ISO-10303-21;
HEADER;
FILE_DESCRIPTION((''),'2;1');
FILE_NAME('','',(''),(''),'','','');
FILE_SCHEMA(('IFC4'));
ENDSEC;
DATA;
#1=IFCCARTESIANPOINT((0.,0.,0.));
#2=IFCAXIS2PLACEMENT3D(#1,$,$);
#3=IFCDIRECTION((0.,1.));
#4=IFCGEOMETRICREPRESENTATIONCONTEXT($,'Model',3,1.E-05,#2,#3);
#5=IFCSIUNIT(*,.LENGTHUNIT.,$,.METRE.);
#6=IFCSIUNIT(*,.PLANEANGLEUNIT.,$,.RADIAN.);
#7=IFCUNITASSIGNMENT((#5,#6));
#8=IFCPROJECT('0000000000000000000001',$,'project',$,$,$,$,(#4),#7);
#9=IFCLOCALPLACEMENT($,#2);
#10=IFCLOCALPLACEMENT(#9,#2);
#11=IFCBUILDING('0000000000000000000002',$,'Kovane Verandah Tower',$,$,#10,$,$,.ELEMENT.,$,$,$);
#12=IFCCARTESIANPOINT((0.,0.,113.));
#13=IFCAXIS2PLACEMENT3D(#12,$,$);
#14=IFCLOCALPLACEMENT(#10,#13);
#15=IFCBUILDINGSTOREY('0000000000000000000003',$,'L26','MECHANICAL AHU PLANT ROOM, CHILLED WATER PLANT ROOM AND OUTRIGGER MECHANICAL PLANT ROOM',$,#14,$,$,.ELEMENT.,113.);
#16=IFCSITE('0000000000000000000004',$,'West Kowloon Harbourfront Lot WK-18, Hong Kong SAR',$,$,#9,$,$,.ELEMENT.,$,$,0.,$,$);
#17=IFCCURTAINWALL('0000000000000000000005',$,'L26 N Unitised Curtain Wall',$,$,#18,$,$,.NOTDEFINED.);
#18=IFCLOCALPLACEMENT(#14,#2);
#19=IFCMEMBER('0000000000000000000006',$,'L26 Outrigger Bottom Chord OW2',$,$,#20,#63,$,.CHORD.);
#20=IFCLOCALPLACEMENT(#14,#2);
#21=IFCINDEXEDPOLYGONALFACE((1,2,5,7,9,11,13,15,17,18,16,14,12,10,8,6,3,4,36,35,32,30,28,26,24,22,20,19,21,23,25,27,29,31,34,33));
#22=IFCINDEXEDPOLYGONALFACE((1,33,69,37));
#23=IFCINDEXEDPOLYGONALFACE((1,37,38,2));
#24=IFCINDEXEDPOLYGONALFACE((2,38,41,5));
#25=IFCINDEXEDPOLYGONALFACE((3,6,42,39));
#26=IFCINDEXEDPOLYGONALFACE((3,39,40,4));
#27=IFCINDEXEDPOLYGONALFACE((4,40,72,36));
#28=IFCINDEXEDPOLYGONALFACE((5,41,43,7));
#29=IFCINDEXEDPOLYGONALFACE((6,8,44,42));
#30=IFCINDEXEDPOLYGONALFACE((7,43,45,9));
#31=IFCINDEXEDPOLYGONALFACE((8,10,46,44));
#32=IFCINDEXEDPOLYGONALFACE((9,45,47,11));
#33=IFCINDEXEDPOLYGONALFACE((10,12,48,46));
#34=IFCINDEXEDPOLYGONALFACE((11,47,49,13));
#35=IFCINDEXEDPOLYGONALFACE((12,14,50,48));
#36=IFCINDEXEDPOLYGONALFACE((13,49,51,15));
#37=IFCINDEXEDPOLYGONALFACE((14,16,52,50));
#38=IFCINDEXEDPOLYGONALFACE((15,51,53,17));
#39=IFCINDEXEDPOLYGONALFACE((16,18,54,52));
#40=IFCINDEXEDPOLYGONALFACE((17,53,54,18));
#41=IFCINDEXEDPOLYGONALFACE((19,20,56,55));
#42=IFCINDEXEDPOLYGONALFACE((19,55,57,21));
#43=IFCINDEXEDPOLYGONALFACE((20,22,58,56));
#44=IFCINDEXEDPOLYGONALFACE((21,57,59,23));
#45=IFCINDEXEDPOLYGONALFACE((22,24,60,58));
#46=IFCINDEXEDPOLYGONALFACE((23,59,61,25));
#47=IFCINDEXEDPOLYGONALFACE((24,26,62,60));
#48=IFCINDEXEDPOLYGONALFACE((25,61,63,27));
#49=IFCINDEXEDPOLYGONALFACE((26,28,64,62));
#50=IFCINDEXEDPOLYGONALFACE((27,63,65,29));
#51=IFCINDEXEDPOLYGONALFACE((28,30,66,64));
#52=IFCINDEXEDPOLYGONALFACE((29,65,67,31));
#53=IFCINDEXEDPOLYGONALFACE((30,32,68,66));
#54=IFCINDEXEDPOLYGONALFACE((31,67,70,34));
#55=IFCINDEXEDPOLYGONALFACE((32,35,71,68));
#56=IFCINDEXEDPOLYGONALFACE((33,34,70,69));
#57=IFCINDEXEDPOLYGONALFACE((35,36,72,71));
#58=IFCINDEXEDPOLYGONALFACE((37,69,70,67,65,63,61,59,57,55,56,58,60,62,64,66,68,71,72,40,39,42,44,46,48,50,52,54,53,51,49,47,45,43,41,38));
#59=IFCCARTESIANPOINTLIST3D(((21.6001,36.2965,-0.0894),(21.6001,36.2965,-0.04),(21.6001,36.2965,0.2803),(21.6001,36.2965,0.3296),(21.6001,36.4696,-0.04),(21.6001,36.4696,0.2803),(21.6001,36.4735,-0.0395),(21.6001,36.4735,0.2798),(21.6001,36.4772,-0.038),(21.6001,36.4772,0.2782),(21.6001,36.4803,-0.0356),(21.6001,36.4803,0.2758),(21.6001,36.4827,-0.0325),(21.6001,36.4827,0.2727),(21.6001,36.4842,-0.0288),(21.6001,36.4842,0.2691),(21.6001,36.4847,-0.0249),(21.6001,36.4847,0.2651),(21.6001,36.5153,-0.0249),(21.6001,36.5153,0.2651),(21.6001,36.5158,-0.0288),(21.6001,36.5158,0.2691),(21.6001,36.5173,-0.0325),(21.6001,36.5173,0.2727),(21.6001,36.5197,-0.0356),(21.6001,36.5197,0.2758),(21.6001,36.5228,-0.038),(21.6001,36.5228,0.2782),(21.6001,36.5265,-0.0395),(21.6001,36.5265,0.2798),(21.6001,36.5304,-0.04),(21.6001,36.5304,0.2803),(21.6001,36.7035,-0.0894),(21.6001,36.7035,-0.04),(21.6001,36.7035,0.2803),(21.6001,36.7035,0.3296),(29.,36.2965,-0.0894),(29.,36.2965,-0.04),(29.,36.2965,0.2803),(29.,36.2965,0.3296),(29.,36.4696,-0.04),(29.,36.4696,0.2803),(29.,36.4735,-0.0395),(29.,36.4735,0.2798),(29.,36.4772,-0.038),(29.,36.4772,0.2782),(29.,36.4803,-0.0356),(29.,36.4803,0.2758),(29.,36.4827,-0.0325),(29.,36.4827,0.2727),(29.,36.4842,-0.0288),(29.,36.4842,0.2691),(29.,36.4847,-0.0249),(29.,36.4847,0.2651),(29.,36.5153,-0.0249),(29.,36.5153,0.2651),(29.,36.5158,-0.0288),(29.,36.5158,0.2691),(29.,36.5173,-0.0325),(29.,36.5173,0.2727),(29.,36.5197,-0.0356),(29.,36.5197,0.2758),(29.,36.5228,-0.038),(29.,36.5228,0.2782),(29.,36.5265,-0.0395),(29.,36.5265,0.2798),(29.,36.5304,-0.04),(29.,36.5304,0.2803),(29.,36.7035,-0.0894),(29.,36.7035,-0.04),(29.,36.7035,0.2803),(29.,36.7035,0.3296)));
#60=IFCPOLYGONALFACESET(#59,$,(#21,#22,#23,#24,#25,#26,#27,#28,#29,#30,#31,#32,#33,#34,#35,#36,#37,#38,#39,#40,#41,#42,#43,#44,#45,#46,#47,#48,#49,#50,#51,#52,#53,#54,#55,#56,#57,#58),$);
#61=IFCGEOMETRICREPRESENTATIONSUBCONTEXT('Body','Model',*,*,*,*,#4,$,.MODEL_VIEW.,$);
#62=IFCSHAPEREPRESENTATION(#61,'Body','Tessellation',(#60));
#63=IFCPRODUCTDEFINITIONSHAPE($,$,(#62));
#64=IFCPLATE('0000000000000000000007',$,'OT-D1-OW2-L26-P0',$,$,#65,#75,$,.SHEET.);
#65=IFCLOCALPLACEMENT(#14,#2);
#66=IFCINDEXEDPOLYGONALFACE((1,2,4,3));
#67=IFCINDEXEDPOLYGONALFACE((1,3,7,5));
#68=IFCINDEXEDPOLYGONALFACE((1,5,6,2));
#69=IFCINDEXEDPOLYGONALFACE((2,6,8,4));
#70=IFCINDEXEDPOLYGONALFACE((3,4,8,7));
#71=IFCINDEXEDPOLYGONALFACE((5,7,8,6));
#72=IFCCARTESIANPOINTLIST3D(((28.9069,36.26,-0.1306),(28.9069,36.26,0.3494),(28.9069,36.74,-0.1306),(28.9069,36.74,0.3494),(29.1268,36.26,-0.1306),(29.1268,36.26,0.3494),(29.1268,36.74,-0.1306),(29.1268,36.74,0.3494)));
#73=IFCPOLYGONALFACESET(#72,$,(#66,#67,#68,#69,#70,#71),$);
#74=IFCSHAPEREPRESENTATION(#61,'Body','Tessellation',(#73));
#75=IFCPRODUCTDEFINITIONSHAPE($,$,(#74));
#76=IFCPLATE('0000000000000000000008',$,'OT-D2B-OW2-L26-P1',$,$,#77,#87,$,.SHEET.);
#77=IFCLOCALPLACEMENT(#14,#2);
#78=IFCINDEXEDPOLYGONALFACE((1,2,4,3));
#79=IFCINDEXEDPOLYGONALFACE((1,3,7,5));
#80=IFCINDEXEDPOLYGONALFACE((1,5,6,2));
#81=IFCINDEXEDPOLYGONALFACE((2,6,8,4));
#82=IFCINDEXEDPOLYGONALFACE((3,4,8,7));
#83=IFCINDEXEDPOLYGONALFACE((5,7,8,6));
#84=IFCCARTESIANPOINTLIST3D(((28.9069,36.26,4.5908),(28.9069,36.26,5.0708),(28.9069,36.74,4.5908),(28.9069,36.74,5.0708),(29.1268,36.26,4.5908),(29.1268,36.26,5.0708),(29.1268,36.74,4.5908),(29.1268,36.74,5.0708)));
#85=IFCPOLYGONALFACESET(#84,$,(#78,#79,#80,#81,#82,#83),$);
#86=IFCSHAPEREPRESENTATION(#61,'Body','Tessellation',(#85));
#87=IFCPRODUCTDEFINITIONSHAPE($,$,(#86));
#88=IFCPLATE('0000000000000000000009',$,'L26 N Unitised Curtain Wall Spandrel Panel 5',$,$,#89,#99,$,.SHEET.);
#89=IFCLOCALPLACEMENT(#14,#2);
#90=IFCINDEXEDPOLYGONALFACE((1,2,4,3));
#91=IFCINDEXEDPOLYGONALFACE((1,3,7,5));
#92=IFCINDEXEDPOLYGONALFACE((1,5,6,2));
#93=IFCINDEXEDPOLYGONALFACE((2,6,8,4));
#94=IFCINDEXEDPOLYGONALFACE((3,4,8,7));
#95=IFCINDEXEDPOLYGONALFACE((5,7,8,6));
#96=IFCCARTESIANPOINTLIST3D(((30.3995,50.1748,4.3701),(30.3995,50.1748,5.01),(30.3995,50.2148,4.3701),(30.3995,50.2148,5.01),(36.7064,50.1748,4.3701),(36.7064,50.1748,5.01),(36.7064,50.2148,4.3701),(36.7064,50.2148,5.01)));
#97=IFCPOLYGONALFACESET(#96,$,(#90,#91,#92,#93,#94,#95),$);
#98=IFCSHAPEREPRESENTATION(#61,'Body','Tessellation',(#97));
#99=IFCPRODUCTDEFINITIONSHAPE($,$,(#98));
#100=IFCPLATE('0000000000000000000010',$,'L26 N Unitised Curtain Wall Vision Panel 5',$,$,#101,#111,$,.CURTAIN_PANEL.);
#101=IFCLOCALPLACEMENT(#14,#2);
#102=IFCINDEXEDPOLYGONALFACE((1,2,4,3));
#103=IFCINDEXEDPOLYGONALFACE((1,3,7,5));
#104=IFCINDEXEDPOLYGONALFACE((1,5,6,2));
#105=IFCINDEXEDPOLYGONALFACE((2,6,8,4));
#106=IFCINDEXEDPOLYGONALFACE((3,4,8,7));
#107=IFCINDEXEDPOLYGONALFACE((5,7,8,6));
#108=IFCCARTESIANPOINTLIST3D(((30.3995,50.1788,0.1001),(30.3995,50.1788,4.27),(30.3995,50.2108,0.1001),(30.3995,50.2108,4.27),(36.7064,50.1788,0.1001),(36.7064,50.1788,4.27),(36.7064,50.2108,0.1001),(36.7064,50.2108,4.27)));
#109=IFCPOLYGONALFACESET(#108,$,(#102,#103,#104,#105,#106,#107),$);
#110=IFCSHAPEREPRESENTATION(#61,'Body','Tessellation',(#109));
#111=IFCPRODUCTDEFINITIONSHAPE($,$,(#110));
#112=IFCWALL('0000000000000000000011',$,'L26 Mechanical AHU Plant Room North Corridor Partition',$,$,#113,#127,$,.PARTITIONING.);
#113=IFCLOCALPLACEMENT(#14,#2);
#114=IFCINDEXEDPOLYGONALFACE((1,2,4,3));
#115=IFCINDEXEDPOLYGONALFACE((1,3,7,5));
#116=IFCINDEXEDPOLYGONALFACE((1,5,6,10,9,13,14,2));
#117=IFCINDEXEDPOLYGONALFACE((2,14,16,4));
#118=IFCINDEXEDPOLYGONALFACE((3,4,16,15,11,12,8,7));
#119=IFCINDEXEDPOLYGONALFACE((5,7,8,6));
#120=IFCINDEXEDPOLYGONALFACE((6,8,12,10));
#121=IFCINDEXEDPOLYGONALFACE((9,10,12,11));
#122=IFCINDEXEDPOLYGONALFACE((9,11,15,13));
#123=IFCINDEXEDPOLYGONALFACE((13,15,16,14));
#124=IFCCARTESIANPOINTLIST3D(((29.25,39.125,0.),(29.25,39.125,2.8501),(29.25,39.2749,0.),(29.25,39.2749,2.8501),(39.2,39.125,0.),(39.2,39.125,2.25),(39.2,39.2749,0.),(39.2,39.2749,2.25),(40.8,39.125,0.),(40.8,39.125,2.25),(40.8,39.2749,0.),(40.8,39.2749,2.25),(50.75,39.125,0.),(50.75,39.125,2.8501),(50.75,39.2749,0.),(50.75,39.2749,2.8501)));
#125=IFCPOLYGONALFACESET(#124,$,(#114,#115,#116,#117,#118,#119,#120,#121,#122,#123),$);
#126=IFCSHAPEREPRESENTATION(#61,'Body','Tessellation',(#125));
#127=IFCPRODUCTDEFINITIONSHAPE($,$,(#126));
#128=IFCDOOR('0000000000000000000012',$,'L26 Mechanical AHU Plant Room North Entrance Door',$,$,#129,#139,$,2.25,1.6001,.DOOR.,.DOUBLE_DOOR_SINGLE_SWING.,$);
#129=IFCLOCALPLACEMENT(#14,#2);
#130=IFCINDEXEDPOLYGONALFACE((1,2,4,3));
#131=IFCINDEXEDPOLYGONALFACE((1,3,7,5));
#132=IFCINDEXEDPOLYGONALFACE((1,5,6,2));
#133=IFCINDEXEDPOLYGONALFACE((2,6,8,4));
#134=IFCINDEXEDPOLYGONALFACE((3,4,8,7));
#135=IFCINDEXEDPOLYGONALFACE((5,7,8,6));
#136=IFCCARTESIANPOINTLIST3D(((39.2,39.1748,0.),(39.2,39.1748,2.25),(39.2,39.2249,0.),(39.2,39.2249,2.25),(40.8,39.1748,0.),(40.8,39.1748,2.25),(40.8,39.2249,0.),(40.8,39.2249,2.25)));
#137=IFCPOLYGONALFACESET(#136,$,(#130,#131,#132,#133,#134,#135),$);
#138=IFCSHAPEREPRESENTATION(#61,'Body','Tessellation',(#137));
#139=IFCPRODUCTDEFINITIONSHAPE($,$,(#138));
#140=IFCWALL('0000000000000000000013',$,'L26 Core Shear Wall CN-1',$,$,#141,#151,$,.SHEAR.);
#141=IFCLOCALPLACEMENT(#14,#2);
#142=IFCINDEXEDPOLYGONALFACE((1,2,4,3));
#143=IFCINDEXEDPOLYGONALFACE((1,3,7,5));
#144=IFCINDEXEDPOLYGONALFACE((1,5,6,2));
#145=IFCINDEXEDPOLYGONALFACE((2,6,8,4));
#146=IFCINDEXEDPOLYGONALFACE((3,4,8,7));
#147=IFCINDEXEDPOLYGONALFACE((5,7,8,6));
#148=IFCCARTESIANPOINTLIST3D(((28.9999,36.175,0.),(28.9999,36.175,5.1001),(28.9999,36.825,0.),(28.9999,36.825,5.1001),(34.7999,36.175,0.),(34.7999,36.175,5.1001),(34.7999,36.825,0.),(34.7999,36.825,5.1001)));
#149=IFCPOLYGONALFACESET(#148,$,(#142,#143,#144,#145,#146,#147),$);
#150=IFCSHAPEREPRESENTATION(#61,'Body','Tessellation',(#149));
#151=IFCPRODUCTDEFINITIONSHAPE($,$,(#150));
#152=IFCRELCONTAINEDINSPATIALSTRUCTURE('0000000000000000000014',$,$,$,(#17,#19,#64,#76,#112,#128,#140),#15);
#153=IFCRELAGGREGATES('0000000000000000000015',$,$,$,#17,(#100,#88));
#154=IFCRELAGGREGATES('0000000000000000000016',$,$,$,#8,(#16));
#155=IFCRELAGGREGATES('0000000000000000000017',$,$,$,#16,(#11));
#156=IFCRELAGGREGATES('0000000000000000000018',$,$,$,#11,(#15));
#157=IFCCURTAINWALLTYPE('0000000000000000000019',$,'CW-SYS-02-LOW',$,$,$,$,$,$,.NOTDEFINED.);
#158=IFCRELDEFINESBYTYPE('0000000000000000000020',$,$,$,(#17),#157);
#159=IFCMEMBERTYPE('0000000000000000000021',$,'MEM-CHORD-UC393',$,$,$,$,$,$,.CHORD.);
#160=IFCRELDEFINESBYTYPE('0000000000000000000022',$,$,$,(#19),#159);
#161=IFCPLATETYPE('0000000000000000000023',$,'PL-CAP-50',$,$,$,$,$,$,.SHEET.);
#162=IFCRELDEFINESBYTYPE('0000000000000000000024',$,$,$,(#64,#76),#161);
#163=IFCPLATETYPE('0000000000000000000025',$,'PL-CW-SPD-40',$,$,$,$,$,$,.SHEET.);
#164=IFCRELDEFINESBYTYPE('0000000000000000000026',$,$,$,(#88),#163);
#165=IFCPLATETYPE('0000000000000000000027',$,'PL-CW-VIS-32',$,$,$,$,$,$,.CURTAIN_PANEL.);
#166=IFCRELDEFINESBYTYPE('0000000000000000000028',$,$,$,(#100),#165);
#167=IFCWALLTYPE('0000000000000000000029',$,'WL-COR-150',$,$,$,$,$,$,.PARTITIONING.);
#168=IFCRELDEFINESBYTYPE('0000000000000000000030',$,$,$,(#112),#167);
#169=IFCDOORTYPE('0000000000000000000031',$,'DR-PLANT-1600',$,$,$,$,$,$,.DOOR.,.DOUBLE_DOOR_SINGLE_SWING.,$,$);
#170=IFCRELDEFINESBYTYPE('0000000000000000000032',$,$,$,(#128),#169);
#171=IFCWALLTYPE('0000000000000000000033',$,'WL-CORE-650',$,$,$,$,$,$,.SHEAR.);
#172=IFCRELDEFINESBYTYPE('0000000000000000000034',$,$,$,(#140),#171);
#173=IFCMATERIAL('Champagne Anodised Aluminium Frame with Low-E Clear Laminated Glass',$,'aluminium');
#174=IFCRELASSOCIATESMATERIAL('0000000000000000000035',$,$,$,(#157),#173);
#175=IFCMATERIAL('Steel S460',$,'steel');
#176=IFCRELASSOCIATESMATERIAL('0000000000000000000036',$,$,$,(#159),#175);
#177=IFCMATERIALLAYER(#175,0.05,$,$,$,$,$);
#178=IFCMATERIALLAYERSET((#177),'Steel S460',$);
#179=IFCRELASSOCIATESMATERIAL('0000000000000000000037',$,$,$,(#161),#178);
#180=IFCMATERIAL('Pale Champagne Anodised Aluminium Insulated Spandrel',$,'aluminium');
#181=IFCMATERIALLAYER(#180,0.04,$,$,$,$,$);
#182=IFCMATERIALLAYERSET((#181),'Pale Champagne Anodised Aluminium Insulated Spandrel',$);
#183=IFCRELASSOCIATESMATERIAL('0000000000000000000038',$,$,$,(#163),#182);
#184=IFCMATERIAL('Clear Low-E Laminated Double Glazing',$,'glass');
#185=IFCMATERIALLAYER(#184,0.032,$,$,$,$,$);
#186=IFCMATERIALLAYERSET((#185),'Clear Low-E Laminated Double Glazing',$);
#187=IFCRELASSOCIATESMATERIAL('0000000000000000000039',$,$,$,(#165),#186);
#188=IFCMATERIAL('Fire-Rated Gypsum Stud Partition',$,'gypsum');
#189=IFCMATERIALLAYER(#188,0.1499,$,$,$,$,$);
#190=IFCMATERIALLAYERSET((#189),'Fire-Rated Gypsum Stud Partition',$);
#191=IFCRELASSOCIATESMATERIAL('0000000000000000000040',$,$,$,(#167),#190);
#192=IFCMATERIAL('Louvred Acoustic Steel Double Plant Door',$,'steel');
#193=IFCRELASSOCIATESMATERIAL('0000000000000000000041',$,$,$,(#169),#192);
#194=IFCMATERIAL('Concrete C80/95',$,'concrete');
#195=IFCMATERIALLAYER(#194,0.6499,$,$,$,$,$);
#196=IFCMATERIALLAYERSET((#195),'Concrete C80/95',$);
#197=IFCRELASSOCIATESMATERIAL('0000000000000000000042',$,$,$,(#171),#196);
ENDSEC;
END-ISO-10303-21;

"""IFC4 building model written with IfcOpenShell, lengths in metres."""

from ifc_helpers import new_model, si_unit, direction, frame, frame_2d, origin, origin_2d, place, context, subcontext, project, spatial, rectangle, i_section, extrude, material, layer, layer_set, material_profile, profile_set, type_object, element, fill, aggregate, save


model = new_model("IFC4")

# Units and contexts
model_context = context("Model", 3, precision=1e-05, world=origin(), true_north=direction((0.0, 1.0)))
body_context = subcontext(model_context, "Body", "Model", "MODEL_VIEW")
ifc_project = project(units=[si_unit("LENGTHUNIT", "METRE"), si_unit("PLANEANGLEUNIT", "RADIAN")], contexts=[model_context])

# Site, building, storey
site_placement = place(None, origin())
site = spatial("IfcSite", under=ifc_project, at=site_placement, Name="West Kowloon Harbourfront Lot WK-18, Hong Kong SAR", CompositionType="ELEMENT", RefElevation=0.0)
building_placement = place(site_placement, origin())
building = spatial("IfcBuilding", under=site, at=building_placement, Name="Kovane Verandah Tower", CompositionType="ELEMENT")
storey_placement = place(building_placement, frame((0.0, 0.0, 113.0)))
storey = spatial("IfcBuildingStorey", under=building, at=storey_placement, Name="L26", Description="MECHANICAL AHU PLANT ROOM, CHILLED WATER PLANT ROOM AND OUTRIGGER MECHANICAL PLANT ROOM", CompositionType="ELEMENT", Elevation=113.0)

# Shared definitions
ifc_material_1 = material(Name="Concrete C80/95", Category="concrete")
ifc_material_2 = material(Name="Steel S460", Category="steel")

# Curtain wall
ifc_material_3 = material(Name="Champagne Anodised Aluminium Frame with Low-E Clear Laminated Glass", Category="aluminium")
curtain_wall_type = type_object("IfcCurtainWallType", Name="CW-SYS-02-LOW", PredefinedType="NOTDEFINED", material=ifc_material_3)
curtain_wall_placement = place(storey_placement, origin())
curtain_wall = element("IfcCurtainWall", 1, at=curtain_wall_placement, inside=storey, type_object=curtain_wall_type, Name="L26 N Unitised Curtain Wall", PredefinedType="NOTDEFINED")

# Member
ifc_material_profile_1 = material_profile(ifc_material_2, i_section(OverallWidth=0.407, OverallDepth=0.4189, WebThickness=0.0305, FlangeThickness=0.0493, FilletRadius=0.0151, at=origin_2d()), Name="UC356x406x393")
ifc_profile_set_1 = profile_set([ifc_material_profile_1], Name="Steel S460")
member_type_1 = type_object("IfcMemberType", Name="MEM-CHORD-UC393", PredefinedType="CHORD", material=ifc_profile_set_1)
member_1_placement = place(storey_placement, frame((29.0, 36.5, 0.1201), z_axis=(-1.0, 0.0, 0.0), x_axis=(0.0, -1.0, 0.0)))
element("IfcMember", 2, at=member_1_placement, inside=storey, type_object=member_type_1, Name="L26 Outrigger Bottom Chord OW2", PredefinedType="CHORD", context=body_context, shape_type="SweptSolid", body=[
    extrude(i_section(OverallWidth=0.407, OverallDepth=0.4189, WebThickness=0.0305, FlangeThickness=0.0493, FilletRadius=0.0151, at=origin_2d()), origin(), (0.0, 0.0, 1.0), 7.3999),
])

# Plates
ifc_layer_1 = layer(ifc_material_2, 0.05)
ifc_layer_set_1 = layer_set([ifc_layer_1], Name="Steel S460")
plate_type_1 = type_object("IfcPlateType", Name="PL-CAP-50", PredefinedType="SHEET", material=ifc_layer_set_1)
for number, where, z_axis, x_axis, name in (
    (3, (29.0168, 36.5, -0.1306), (0.0, 0.0, 1.0), (-1.0, 0.0, 0.0), "OT-D1-OW2-L26-P0"),
    (4, (29.0168, 36.5, 4.5908), (0.0, 0.0, 1.0), (1.0, 0.0, 0.0), "OT-D2B-OW2-L26-P1"),
):
    element("IfcPlate", number, at=place(storey_placement, frame(where, z_axis=z_axis, x_axis=x_axis)), inside=storey, type_object=plate_type_1, Name=name, PredefinedType="SHEET", context=body_context, shape_type="SweptSolid", body=[
        extrude(rectangle(XDim=0.22, YDim=0.48, at=origin_2d()), origin(), (0.0, 0.0, 1.0), 0.48),
    ])

# Plates
ifc_material_4 = material(Name="Pale Champagne Anodised Aluminium Insulated Spandrel", Category="aluminium")
ifc_layer_2 = layer(ifc_material_4, 0.04)
ifc_layer_set_2 = layer_set([ifc_layer_2], Name="Pale Champagne Anodised Aluminium Insulated Spandrel")
plate_type_2 = type_object("IfcPlateType", Name="PL-CW-SPD-40", PredefinedType="SHEET", material=ifc_layer_set_2)
plate_1_placement = place(storey_placement, frame((33.553, 50.1948, 4.3701), z_axis=(0.0, 0.0, 1.0), x_axis=(-1.0, 0.0, 0.0)))
plate_1 = element("IfcPlate", 5, at=plate_1_placement, type_object=plate_type_2, Name="L26 N Unitised Curtain Wall Spandrel Panel 5", PredefinedType="SHEET", context=body_context, shape_type="SweptSolid", body=[
    extrude(rectangle(XDim=6.3069, YDim=0.04, at=origin_2d()), origin(), (0.0, 0.0, 1.0), 0.6399),
])
ifc_material_5 = material(Name="Clear Low-E Laminated Double Glazing", Category="glass")
ifc_layer_3 = layer(ifc_material_5, 0.032)
ifc_layer_set_3 = layer_set([ifc_layer_3], Name="Clear Low-E Laminated Double Glazing")
plate_type_3 = type_object("IfcPlateType", Name="PL-CW-VIS-32", PredefinedType="CURTAIN_PANEL", material=ifc_layer_set_3)
plate_2_placement = place(storey_placement, frame((33.553, 50.1948, 0.1001), z_axis=(0.0, 0.0, 1.0), x_axis=(-1.0, 0.0, 0.0)))
plate_2 = element("IfcPlate", 6, at=plate_2_placement, type_object=plate_type_3, Name="L26 N Unitised Curtain Wall Vision Panel 5", PredefinedType="CURTAIN_PANEL", context=body_context, shape_type="SweptSolid", body=[
    extrude(rectangle(XDim=6.3069, YDim=0.032, at=origin_2d()), origin(), (0.0, 0.0, 1.0), 4.1699),
])
aggregate(curtain_wall, [plate_2, plate_1])

# Wall, opening, door
ifc_material_6 = material(Name="Fire-Rated Gypsum Stud Partition", Category="gypsum")
ifc_layer_4 = layer(ifc_material_6, 0.1499)
ifc_layer_set_4 = layer_set([ifc_layer_4], Name="Fire-Rated Gypsum Stud Partition")
wall_type_1 = type_object("IfcWallType", Name="WL-COR-150", PredefinedType="PARTITIONING", material=ifc_layer_set_4)
wall_1_placement = place(storey_placement, frame((29.25, 39.2, 0.0), z_axis=(0.0, 0.0, 1.0), x_axis=(1.0, 0.0, 0.0)))
wall_1 = element("IfcWall", 7, at=wall_1_placement, inside=storey, type_object=wall_type_1, Name="L26 Mechanical AHU Plant Room North Corridor Partition", PredefinedType="PARTITIONING", context=body_context, shape_type="SweptSolid", body=[
    extrude(rectangle(XDim=21.5, YDim=0.1499, at=frame_2d((10.75, 0.0))), origin(), (0.0, 0.0, 1.0), 2.8501),
])
opening_1_placement = place(wall_1_placement, frame((9.95, 0.0, 0.0)))
opening_1 = element("IfcOpeningElement", 8, at=opening_1_placement, cuts=wall_1, PredefinedType="OPENING", context=body_context, shape_type="SweptSolid", body=[
    extrude(rectangle(XDim=1.6001, YDim=2.25, at=frame_2d((0.8, 1.125))), frame((0.0, 0.075, 0.0), z_axis=(0.0, -1.0, 0.0), x_axis=(1.0, 0.0, 0.0)), (0.0, 0.0, 1.0), 0.1499),
])
ifc_material_7 = material(Name="Louvred Acoustic Steel Double Plant Door", Category="steel")
door_type_1 = type_object("IfcDoorType", Name="DR-PLANT-1600", OperationType="DOUBLE_DOOR_SINGLE_SWING", PredefinedType="DOOR", material=ifc_material_7)
door_1_placement = place(opening_1_placement, origin())
door_1 = element("IfcDoor", 9, at=door_1_placement, inside=storey, type_object=door_type_1, Name="L26 Mechanical AHU Plant Room North Entrance Door", OperationType="DOUBLE_DOOR_SINGLE_SWING", OverallHeight=2.25, OverallWidth=1.6001, PredefinedType="DOOR", context=body_context, shape_type="SweptSolid", body=[
    extrude(rectangle(XDim=1.6001, YDim=2.25, at=frame_2d((0.8, 1.125))), frame((0.0, 0.0249, 0.0), z_axis=(0.0, -1.0, 0.0), x_axis=(1.0, 0.0, 0.0)), (0.0, 0.0, 1.0), 0.05),
])
fill(opening_1, door_1)

# Wall
ifc_layer_5 = layer(ifc_material_1, 0.6499)
ifc_layer_set_5 = layer_set([ifc_layer_5], Name="Concrete C80/95")
wall_type_2 = type_object("IfcWallType", Name="WL-CORE-650", PredefinedType="SHEAR", material=ifc_layer_set_5)
wall_2_placement = place(storey_placement, frame((29.0, 36.5, 0.0), z_axis=(0.0, 0.0, 1.0), x_axis=(1.0, 0.0, 0.0)))
element("IfcWall", 10, at=wall_2_placement, inside=storey, type_object=wall_type_2, Name="L26 Core Shear Wall CN-1", PredefinedType="SHEAR", context=body_context, shape_type="SweptSolid", body=[
    extrude(rectangle(XDim=5.8, YDim=0.6499, at=frame_2d((2.8999, 0.0))), origin(), (0.0, 0.0, 1.0), 5.1001),
])

save(model, "model.ifc")
